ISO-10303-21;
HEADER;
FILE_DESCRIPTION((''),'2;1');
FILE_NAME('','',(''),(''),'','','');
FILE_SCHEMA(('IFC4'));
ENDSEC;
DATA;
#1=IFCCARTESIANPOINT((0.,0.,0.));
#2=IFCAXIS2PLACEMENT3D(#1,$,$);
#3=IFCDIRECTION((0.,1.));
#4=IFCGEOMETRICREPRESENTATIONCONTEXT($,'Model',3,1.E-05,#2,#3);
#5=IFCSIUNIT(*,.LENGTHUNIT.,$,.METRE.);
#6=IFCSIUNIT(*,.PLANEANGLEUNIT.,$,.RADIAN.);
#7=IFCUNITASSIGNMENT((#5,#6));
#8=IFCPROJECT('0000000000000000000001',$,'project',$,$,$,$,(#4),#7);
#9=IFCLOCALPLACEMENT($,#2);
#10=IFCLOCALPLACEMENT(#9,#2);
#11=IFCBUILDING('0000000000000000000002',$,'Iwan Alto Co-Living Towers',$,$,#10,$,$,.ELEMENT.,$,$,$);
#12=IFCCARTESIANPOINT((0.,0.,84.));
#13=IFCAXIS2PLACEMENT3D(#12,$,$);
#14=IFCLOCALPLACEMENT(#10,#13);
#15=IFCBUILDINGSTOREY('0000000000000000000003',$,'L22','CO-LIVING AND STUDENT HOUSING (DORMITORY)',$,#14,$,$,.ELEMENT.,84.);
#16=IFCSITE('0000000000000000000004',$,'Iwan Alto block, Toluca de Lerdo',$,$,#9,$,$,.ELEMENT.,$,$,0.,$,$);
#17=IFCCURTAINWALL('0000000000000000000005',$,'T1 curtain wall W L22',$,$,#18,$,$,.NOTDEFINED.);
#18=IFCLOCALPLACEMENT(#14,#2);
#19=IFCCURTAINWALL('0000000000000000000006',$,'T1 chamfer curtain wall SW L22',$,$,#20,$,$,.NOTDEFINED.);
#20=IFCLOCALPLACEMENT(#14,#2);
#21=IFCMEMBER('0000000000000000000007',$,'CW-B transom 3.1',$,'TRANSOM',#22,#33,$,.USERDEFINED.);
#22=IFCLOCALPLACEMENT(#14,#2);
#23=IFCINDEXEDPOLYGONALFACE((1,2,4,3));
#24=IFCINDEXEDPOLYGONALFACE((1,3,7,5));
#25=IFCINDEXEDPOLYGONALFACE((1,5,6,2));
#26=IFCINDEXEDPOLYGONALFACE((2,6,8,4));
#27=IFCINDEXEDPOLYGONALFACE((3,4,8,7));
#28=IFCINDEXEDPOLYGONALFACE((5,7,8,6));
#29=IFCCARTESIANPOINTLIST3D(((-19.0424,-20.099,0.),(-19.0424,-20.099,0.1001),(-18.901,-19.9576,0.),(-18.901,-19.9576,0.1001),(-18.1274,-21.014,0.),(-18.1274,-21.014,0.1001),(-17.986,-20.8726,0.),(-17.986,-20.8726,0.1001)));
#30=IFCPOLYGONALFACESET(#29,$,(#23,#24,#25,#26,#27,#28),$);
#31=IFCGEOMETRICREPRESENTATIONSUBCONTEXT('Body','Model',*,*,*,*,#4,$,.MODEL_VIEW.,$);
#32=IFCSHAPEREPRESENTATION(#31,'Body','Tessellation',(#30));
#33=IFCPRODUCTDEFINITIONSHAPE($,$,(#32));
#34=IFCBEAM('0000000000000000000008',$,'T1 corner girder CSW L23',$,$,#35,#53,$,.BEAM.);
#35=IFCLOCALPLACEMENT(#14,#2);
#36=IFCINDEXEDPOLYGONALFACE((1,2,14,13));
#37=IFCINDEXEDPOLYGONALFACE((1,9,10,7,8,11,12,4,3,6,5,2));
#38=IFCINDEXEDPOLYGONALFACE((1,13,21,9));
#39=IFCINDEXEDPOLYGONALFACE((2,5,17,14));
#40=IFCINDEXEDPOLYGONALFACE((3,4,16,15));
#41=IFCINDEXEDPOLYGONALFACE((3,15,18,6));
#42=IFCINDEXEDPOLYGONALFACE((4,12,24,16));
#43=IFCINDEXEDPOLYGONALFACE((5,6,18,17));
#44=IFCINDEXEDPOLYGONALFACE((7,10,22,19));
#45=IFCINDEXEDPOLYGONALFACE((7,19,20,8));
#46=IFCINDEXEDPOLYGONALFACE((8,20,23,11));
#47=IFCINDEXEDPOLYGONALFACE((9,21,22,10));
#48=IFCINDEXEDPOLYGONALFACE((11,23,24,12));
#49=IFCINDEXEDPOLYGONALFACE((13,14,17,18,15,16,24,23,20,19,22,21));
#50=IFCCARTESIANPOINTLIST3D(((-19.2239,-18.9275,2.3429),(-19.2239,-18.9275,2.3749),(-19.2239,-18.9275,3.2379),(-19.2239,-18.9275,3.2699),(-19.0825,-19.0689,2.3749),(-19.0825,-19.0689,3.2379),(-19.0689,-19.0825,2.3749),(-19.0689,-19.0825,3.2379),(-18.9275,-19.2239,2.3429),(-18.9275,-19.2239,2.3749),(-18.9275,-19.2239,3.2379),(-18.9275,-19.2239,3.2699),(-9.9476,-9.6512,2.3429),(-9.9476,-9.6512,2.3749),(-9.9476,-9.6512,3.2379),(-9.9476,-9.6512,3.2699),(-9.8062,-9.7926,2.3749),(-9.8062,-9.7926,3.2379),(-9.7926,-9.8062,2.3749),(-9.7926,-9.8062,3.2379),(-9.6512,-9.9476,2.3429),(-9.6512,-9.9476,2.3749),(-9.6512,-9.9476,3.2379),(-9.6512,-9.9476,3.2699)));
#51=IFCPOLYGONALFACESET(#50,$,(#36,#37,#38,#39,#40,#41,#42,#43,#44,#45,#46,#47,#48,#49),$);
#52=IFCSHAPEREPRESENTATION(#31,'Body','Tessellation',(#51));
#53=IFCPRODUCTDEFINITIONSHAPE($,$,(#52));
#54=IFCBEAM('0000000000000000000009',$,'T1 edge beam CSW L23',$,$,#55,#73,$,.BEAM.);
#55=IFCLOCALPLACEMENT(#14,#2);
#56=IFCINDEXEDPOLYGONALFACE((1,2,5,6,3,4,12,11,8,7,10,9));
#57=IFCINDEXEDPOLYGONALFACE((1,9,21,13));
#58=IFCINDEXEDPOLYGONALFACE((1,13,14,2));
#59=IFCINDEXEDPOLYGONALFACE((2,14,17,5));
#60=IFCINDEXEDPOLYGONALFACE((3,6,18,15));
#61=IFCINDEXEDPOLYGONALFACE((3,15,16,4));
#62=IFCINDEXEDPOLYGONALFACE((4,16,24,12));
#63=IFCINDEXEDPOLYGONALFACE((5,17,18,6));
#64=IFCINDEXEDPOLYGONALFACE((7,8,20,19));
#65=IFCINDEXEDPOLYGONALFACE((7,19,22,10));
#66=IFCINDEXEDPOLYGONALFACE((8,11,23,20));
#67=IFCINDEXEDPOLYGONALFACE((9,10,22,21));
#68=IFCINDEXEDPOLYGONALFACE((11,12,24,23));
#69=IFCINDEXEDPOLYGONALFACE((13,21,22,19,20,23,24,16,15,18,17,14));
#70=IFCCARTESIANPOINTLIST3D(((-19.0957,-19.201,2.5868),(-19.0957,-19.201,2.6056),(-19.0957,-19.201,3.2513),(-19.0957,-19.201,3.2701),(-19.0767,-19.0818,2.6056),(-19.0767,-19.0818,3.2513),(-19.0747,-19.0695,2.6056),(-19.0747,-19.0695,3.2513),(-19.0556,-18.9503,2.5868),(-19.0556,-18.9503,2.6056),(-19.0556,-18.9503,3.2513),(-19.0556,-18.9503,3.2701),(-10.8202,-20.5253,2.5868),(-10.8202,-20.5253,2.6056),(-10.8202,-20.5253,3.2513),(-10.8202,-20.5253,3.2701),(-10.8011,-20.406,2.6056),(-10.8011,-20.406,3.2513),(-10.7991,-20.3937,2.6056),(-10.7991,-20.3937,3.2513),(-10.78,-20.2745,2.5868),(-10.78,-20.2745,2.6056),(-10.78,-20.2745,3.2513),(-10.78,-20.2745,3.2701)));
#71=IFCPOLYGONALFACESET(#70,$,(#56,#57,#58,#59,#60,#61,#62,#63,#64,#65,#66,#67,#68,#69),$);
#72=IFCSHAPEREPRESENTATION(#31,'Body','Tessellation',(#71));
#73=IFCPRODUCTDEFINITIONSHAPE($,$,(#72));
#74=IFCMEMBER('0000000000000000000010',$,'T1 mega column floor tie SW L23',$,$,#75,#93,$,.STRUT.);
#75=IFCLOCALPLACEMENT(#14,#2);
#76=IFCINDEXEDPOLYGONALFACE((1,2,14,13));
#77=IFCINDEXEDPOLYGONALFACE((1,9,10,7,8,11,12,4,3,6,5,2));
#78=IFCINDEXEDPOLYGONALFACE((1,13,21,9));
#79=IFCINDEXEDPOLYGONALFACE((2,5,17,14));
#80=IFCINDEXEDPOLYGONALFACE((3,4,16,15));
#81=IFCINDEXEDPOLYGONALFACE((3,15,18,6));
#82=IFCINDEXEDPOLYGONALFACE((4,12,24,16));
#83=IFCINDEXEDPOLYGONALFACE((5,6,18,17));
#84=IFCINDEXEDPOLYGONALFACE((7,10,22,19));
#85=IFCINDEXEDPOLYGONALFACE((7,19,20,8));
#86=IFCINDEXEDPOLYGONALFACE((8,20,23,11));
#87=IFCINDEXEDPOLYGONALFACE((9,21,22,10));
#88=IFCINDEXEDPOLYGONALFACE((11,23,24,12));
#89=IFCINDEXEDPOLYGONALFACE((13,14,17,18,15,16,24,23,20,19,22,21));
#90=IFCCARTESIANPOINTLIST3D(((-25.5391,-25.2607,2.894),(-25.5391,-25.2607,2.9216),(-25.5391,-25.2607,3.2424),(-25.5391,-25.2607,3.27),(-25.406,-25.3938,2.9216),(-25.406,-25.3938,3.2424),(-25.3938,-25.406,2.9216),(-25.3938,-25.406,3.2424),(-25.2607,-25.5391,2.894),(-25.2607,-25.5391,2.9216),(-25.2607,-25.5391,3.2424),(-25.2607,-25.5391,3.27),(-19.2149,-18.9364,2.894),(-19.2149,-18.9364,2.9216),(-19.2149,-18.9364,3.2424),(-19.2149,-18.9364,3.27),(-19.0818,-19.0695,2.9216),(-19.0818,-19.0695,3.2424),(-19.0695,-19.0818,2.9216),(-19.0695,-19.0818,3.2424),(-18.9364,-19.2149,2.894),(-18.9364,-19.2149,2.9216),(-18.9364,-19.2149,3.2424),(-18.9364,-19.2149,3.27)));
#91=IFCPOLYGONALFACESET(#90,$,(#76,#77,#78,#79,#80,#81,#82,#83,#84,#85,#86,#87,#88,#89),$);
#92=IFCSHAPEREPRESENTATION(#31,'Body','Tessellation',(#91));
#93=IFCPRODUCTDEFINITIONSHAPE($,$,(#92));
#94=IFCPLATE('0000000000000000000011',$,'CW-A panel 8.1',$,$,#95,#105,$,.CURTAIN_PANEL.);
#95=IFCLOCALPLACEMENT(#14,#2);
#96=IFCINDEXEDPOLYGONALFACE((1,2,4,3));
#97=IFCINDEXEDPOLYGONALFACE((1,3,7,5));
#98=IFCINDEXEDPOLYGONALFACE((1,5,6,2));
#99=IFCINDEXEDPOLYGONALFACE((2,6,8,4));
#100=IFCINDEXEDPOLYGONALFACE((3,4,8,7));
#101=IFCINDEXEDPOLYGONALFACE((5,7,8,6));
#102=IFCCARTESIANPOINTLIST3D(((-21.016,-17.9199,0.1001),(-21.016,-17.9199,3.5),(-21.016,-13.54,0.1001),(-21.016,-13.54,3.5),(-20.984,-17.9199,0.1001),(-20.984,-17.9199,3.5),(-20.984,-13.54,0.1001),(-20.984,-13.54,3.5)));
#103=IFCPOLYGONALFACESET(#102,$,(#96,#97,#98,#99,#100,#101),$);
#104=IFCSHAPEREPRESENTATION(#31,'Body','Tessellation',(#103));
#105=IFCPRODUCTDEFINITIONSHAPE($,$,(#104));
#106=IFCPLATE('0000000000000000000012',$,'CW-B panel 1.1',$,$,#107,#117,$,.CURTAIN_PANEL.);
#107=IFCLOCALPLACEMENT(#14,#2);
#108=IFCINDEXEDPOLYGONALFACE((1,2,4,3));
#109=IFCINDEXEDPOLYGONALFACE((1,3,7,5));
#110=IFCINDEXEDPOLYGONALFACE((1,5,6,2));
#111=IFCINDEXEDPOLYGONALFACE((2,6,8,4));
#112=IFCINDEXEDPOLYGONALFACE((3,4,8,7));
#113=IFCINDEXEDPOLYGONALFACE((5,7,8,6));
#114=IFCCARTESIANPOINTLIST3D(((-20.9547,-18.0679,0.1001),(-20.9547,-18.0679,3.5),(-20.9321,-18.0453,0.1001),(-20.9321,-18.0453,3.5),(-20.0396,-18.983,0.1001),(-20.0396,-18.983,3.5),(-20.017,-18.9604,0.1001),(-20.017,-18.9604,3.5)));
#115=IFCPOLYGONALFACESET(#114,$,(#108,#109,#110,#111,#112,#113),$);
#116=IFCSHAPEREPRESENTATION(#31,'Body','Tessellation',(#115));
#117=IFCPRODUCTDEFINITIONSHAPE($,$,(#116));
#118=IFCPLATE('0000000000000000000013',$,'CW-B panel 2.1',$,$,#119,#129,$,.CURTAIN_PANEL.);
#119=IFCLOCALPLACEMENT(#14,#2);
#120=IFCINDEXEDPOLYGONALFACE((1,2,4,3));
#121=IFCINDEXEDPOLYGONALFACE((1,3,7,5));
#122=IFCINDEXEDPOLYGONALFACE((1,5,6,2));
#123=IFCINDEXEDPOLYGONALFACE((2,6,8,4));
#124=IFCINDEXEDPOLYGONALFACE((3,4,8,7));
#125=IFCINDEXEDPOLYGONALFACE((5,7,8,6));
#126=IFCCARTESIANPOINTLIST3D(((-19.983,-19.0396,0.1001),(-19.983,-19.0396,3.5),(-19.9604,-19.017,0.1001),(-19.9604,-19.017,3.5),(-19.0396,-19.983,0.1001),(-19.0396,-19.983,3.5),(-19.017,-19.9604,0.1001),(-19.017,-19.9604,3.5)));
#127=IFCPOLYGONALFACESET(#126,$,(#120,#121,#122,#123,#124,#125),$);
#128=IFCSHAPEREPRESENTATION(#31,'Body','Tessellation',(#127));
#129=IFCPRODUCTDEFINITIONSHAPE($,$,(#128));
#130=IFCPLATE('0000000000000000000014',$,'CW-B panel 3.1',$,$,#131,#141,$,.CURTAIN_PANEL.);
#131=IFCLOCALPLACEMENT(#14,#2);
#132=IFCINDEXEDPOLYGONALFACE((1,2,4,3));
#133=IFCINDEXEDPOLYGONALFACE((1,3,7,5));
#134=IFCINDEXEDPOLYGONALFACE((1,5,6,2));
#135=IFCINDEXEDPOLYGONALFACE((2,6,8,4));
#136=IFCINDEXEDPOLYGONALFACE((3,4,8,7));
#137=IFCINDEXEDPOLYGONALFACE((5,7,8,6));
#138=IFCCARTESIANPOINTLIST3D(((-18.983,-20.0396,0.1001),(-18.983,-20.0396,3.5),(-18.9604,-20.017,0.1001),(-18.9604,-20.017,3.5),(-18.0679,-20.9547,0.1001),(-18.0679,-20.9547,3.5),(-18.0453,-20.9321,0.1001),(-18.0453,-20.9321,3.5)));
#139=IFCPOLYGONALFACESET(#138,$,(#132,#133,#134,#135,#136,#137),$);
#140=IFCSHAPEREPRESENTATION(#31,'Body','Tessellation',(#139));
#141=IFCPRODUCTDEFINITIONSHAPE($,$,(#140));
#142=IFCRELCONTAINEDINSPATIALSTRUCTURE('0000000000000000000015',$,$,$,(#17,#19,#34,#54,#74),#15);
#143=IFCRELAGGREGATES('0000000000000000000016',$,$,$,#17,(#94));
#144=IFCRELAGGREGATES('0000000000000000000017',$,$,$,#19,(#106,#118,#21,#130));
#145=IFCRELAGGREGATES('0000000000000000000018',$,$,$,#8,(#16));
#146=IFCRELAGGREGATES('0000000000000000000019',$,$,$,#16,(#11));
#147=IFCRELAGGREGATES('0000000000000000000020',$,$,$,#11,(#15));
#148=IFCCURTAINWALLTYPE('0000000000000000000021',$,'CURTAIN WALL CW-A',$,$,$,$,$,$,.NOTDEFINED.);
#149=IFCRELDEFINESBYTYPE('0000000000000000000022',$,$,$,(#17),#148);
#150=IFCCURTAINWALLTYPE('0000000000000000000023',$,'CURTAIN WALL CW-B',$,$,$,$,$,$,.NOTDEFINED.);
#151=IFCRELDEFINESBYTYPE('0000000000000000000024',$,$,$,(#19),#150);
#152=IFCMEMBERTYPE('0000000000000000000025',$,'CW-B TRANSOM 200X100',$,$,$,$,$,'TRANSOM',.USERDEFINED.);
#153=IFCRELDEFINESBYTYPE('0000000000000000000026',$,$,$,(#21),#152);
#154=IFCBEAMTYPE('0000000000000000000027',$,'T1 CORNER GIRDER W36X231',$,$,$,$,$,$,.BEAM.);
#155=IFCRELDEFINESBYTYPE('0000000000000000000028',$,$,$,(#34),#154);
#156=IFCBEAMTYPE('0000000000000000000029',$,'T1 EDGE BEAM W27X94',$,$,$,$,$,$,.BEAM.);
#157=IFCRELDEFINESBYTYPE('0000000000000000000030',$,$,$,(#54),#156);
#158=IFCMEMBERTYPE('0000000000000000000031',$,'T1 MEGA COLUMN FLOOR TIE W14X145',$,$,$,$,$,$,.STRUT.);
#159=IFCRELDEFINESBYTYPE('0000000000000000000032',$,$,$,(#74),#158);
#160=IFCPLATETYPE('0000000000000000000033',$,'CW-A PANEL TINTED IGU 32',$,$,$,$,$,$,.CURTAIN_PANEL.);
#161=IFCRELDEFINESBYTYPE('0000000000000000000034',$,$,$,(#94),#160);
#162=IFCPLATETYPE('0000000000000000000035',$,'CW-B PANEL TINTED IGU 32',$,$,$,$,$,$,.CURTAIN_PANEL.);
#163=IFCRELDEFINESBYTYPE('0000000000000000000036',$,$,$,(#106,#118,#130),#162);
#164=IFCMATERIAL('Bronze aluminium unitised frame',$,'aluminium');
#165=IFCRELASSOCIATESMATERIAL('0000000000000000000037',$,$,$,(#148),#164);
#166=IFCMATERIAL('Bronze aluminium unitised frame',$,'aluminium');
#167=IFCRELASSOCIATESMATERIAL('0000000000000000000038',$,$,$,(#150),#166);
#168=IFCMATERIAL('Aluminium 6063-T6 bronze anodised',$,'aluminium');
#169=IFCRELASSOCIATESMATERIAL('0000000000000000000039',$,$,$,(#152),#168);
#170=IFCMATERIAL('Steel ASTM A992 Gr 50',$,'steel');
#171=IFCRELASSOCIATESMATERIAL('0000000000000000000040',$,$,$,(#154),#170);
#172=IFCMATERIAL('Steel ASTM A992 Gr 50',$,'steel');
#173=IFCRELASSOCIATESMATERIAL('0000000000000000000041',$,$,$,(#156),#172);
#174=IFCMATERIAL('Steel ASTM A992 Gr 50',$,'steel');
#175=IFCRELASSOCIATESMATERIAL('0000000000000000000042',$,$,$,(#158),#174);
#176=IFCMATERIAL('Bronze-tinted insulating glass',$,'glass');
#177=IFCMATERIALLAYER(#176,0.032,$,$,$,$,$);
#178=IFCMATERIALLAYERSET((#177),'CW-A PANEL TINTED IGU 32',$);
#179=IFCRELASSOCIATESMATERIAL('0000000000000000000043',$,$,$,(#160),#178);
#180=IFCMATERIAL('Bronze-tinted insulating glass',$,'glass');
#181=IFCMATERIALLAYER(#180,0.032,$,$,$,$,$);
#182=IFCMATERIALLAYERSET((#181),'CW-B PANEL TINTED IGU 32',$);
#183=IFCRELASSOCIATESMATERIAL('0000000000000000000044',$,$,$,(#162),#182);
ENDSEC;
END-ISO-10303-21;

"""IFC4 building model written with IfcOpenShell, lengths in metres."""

from ifc_helpers import new_model, si_unit, direction, frame, origin, origin_2d, place, context, subcontext, project, spatial, rectangle, i_section, extrude, material, layer, layer_set, material_profile, profile_set, type_object, element, aggregate, save


model = new_model("IFC4")

# Units and contexts
model_context = context("Model", 3, precision=1e-05, world=origin(), true_north=direction((0.0, 1.0)))
body_context = subcontext(model_context, "Body", "Model", "MODEL_VIEW")
ifc_project = project(units=[si_unit("LENGTHUNIT", "METRE"), si_unit("PLANEANGLEUNIT", "RADIAN")], contexts=[model_context])

# Site, building, storey
site_placement = place(None, origin())
site = spatial("IfcSite", under=ifc_project, at=site_placement, Name="Iwan Alto block, Toluca de Lerdo", CompositionType="ELEMENT", RefElevation=0.0)
building_placement = place(site_placement, origin())
building = spatial("IfcBuilding", under=site, at=building_placement, Name="Iwan Alto Co-Living Towers", CompositionType="ELEMENT")
storey_placement = place(building_placement, frame((0.0, 0.0, 84.0)))
storey = spatial("IfcBuildingStorey", under=building, at=storey_placement, Name="L22", Description="CO-LIVING AND STUDENT HOUSING (DORMITORY)", CompositionType="ELEMENT", Elevation=84.0)

# Curtain wall
ifc_material_1 = material(Name="Bronze aluminium unitised frame", Category="aluminium")
curtain_wall_type_1 = type_object("IfcCurtainWallType", Name="CURTAIN WALL CW-A", PredefinedType="NOTDEFINED", material=ifc_material_1)
curtain_wall_1_placement = place(storey_placement, origin())
curtain_wall_1 = element("IfcCurtainWall", 1, at=curtain_wall_1_placement, inside=storey, type_object=curtain_wall_type_1, Name="T1 curtain wall W L22", PredefinedType="NOTDEFINED")

# Curtain wall, member
ifc_material_2 = material(Name="Bronze aluminium unitised frame", Category="aluminium")
curtain_wall_type_2 = type_object("IfcCurtainWallType", Name="CURTAIN WALL CW-B", PredefinedType="NOTDEFINED", material=ifc_material_2)
curtain_wall_2_placement = place(storey_placement, origin())
curtain_wall_2 = element("IfcCurtainWall", 2, at=curtain_wall_2_placement, inside=storey, type_object=curtain_wall_type_2, Name="T1 chamfer curtain wall SW L22", PredefinedType="NOTDEFINED")
ifc_material_3 = material(Name="Aluminium 6063-T6 bronze anodised", Category="aluminium")
ifc_material_profile_1 = material_profile(ifc_material_3, rectangle(XDim=0.2, YDim=0.1001, at=origin_2d()), Name="AL 200X100")
ifc_profile_set_1 = profile_set([ifc_material_profile_1], Name="Aluminium 6063-T6 bronze anodised")
member_type_1 = type_object("IfcMemberType", Name="CW-B TRANSOM 200X100", ElementType="TRANSOM", PredefinedType="USERDEFINED", material=ifc_profile_set_1)
member_1_placement = place(storey_placement, frame((-18.9717, -20.0283, 0.05), z_axis=(0.707107, -0.707107, 0.0), x_axis=(0.707107, 0.707107, 0.0)))
member_1 = element("IfcMember", 3, at=member_1_placement, type_object=member_type_1, Name="CW-B transom 3.1", ObjectType="TRANSOM", PredefinedType="USERDEFINED", context=body_context, shape_type="SweptSolid", body=[
    extrude(rectangle(XDim=0.2, YDim=0.1001, at=origin_2d()), origin(), (0.0, 0.0, 1.0), 1.2939),
])

# Beams
ifc_material_4 = material(Name="Steel ASTM A992 Gr 50", Category="steel")
ifc_material_profile_2 = material_profile(ifc_material_4, i_section(OverallWidth=0.4192, OverallDepth=0.927, WebThickness=0.0193, FlangeThickness=0.032, at=origin_2d()), Name="W36X231")
ifc_profile_set_2 = profile_set([ifc_material_profile_2], Name="Steel ASTM A992 Gr 50")
beam_type_1 = type_object("IfcBeamType", Name="T1 CORNER GIRDER W36X231", PredefinedType="BEAM", material=ifc_profile_set_2)
beam_1_placement = place(storey_placement, frame((-19.0757, -19.0757, 2.8064), z_axis=(0.707107, 0.707107, 0.0), x_axis=(-0.707107, 0.707107, 0.0)))
element("IfcBeam", 4, at=beam_1_placement, inside=storey, type_object=beam_type_1, Name="T1 corner girder CSW L23", PredefinedType="BEAM", context=body_context, shape_type="SweptSolid", body=[
    extrude(i_section(OverallWidth=0.4192, OverallDepth=0.927, WebThickness=0.0193, FlangeThickness=0.032, at=origin_2d()), origin(), (0.0, 0.0, 1.0), 13.1187),
])
ifc_material_5 = material(Name="Steel ASTM A992 Gr 50", Category="steel")
ifc_material_profile_3 = material_profile(ifc_material_5, i_section(OverallWidth=0.2539, OverallDepth=0.6833, WebThickness=0.0125, FlangeThickness=0.0188, at=origin_2d()), Name="W27X94")
ifc_profile_set_3 = profile_set([ifc_material_profile_3], Name="Steel ASTM A992 Gr 50")
beam_type_2 = type_object("IfcBeamType", Name="T1 EDGE BEAM W27X94", PredefinedType="BEAM", material=ifc_profile_set_3)
beam_2_placement = place(storey_placement, frame((-19.0757, -19.0757, 2.9285), z_axis=(0.987438, -0.158004, 0.0), x_axis=(0.158004, 0.987438, 0.0)))
element("IfcBeam", 5, at=beam_2_placement, inside=storey, type_object=beam_type_2, Name="T1 edge beam CSW L23", PredefinedType="BEAM", context=body_context, shape_type="SweptSolid", body=[
    extrude(i_section(OverallWidth=0.2539, OverallDepth=0.6833, WebThickness=0.0125, FlangeThickness=0.0188, at=origin_2d()), origin(), (0.0, 0.0, 1.0), 8.3809),
])

# Member
ifc_material_6 = material(Name="Steel ASTM A992 Gr 50", Category="steel")
ifc_material_profile_4 = material_profile(ifc_material_6, i_section(OverallWidth=0.3938, OverallDepth=0.376, WebThickness=0.0173, FlangeThickness=0.0276, at=origin_2d()), Name="W14X145")
ifc_profile_set_4 = profile_set([ifc_material_profile_4], Name="Steel ASTM A992 Gr 50")
member_type_2 = type_object("IfcMemberType", Name="T1 MEGA COLUMN FLOOR TIE W14X145", PredefinedType="STRUT", material=ifc_profile_set_4)
member_2_placement = place(storey_placement, frame((-25.3999, -25.3999, 3.082), z_axis=(0.707107, 0.707107, 0.0), x_axis=(-0.707107, 0.707107, 0.0)))
element("IfcMember", 6, at=member_2_placement, inside=storey, type_object=member_type_2, Name="T1 mega column floor tie SW L23", PredefinedType="STRUT", context=body_context, shape_type="SweptSolid", body=[
    extrude(i_section(OverallWidth=0.3938, OverallDepth=0.376, WebThickness=0.0173, FlangeThickness=0.0276, at=origin_2d()), origin(), (0.0, 0.0, 1.0), 8.9438),
])

# Plates
ifc_material_7 = material(Name="Bronze-tinted insulating glass", Category="glass")
ifc_layer_1 = layer(ifc_material_7, 0.032)
ifc_layer_set_1 = layer_set([ifc_layer_1], Name="CW-A PANEL TINTED IGU 32")
plate_type_1 = type_object("IfcPlateType", Name="CW-A PANEL TINTED IGU 32", PredefinedType="CURTAIN_PANEL", material=ifc_layer_set_1)
plate_1_placement = place(storey_placement, frame((-21.0, -15.73, 0.1001), z_axis=(0.0, 0.0, 1.0), x_axis=(0.0, -1.0, 0.0)))
plate_1 = element("IfcPlate", 7, at=plate_1_placement, type_object=plate_type_1, Name="CW-A panel 8.1", PredefinedType="CURTAIN_PANEL", context=body_context, shape_type="SweptSolid", body=[
    extrude(rectangle(XDim=4.3799, YDim=0.032, at=origin_2d()), origin(), (0.0, 0.0, 1.0), 3.3999),
])
aggregate(curtain_wall_1, [plate_1])
ifc_material_8 = material(Name="Bronze-tinted insulating glass", Category="glass")
ifc_layer_2 = layer(ifc_material_8, 0.032)
ifc_layer_set_2 = layer_set([ifc_layer_2], Name="CW-B PANEL TINTED IGU 32")
plate_type_2 = type_object("IfcPlateType", Name="CW-B PANEL TINTED IGU 32", PredefinedType="CURTAIN_PANEL", material=ifc_layer_set_2)
plate_2_placement = place(storey_placement, frame((-20.4858, -18.5142, 0.1001), z_axis=(0.0, 0.0, 1.0), x_axis=(0.707107, -0.707107, 0.0)))
plate_2 = element("IfcPlate", 8, at=plate_2_placement, type_object=plate_type_2, Name="CW-B panel 1.1", PredefinedType="CURTAIN_PANEL", context=body_context, shape_type="SweptSolid", body=[
    extrude(rectangle(XDim=1.2942, YDim=0.032, at=origin_2d()), origin(), (0.0, 0.0, 1.0), 3.3999),
])
plate_3_placement = place(storey_placement, frame((-19.5, -19.5, 0.1001), z_axis=(0.0, 0.0, 1.0), x_axis=(0.707107, -0.707107, 0.0)))
plate_3 = element("IfcPlate", 9, at=plate_3_placement, type_object=plate_type_2, Name="CW-B panel 2.1", PredefinedType="CURTAIN_PANEL", context=body_context, shape_type="SweptSolid", body=[
    extrude(rectangle(XDim=1.3342, YDim=0.032, at=origin_2d()), origin(), (0.0, 0.0, 1.0), 3.3999),
])
plate_4_placement = place(storey_placement, frame((-18.5142, -20.4858, 0.1001), z_axis=(0.0, 0.0, 1.0), x_axis=(0.707107, -0.707107, 0.0)))
plate_4 = element("IfcPlate", 10, at=plate_4_placement, type_object=plate_type_2, Name="CW-B panel 3.1", PredefinedType="CURTAIN_PANEL", context=body_context, shape_type="SweptSolid", body=[
    extrude(rectangle(XDim=1.2942, YDim=0.032, at=origin_2d()), origin(), (0.0, 0.0, 1.0), 3.3999),
])
aggregate(curtain_wall_2, [plate_2, plate_3, member_1, plate_4])

save(model, "model.ifc")
